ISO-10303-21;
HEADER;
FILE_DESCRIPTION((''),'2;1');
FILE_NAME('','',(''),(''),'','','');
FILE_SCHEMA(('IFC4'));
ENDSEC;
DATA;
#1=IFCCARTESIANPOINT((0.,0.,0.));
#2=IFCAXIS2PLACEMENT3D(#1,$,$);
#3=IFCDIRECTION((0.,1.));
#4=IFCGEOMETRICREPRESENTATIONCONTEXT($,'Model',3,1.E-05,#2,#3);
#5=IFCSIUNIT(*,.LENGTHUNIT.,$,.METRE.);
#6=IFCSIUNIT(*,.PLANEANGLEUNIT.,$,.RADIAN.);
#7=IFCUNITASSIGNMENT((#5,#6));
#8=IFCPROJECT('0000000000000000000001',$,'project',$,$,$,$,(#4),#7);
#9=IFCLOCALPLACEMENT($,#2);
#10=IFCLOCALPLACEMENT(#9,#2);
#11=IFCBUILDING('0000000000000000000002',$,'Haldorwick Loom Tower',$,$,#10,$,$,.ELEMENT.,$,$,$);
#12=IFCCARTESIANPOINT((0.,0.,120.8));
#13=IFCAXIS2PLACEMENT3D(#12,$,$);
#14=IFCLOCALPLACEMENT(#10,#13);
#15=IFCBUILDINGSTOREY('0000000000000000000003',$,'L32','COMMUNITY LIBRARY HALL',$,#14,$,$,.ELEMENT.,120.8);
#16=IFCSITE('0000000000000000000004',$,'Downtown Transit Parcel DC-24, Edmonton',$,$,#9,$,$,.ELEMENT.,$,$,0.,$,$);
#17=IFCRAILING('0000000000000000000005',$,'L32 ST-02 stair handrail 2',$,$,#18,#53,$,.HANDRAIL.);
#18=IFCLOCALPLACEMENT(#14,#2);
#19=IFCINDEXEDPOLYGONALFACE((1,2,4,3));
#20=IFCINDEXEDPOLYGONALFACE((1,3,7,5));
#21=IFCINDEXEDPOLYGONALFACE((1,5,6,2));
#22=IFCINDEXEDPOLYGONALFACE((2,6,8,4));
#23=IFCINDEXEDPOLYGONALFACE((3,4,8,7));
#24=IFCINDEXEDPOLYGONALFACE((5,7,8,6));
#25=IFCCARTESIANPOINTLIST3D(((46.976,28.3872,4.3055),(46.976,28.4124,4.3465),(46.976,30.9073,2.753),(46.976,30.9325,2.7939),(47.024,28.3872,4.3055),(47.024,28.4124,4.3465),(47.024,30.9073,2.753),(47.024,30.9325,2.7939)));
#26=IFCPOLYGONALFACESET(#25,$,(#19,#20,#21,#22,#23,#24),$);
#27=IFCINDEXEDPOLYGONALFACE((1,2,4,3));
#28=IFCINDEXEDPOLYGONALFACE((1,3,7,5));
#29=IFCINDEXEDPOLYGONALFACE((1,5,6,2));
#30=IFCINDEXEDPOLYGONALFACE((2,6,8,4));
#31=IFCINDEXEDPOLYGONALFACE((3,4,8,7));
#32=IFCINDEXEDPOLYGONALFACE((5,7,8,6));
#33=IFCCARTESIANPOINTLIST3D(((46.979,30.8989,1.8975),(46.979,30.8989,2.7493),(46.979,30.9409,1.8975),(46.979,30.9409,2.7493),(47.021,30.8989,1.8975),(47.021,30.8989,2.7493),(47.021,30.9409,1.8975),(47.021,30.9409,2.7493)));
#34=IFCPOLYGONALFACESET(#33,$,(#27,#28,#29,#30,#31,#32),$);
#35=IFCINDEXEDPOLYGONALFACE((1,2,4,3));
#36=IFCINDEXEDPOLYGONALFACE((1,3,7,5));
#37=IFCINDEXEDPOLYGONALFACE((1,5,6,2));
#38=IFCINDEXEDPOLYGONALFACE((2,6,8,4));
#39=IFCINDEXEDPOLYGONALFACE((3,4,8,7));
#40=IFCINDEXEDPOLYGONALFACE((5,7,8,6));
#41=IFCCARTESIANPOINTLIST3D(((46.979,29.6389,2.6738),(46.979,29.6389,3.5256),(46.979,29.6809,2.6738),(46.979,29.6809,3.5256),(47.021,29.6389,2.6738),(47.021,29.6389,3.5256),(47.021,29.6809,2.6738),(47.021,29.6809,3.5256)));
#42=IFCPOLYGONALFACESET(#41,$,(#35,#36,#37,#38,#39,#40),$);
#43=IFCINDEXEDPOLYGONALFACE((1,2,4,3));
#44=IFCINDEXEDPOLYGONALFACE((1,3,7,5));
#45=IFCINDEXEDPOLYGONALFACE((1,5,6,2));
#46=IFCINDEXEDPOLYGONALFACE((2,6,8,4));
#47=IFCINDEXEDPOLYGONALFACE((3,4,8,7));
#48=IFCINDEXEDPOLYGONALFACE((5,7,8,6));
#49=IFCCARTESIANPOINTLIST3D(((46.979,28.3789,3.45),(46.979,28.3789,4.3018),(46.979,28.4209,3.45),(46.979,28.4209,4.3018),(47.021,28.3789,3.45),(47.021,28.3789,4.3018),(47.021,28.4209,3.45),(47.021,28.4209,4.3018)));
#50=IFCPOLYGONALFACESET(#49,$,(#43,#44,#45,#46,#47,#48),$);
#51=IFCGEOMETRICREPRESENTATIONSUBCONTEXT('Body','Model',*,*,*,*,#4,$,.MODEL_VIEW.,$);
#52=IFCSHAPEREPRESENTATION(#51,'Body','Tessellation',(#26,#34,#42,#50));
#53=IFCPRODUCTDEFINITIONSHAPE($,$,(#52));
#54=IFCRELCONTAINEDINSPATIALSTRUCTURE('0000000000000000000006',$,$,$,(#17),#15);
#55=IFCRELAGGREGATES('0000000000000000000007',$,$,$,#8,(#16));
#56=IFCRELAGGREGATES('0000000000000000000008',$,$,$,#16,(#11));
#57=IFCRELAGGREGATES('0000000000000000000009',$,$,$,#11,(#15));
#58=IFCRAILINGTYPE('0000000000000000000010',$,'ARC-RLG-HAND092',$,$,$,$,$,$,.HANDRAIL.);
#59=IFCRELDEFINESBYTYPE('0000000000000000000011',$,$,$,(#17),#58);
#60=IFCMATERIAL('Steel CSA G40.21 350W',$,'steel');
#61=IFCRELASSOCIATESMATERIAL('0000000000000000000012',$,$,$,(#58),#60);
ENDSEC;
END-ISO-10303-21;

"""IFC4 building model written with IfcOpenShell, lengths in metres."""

from ifc_helpers import new_model, si_unit, direction, frame, origin, origin_2d, place, context, subcontext, project, spatial, rectangle, extrude, material, type_object, element, save


model = new_model("IFC4")

# Units and contexts
model_context = context("Model", 3, precision=1e-05, world=origin(), true_north=direction((0.0, 1.0)))
body_context = subcontext(model_context, "Body", "Model", "MODEL_VIEW")
ifc_project = project(units=[si_unit("LENGTHUNIT", "METRE"), si_unit("PLANEANGLEUNIT", "RADIAN")], contexts=[model_context])

# Site, building, storey
site_placement = place(None, origin())
site = spatial("IfcSite", under=ifc_project, at=site_placement, Name="Downtown Transit Parcel DC-24, Edmonton", CompositionType="ELEMENT", RefElevation=0.0)
building_placement = place(site_placement, origin())
building = spatial("IfcBuilding", under=site, at=building_placement, Name="Haldorwick Loom Tower", CompositionType="ELEMENT")
storey_placement = place(building_placement, frame((0.0, 0.0, 120.8)))
storey = spatial("IfcBuildingStorey", under=building, at=storey_placement, Name="L32", Description="COMMUNITY LIBRARY HALL", CompositionType="ELEMENT", Elevation=120.8)

# Shared definitions
ifc_material_1 = material(Name="Steel CSA G40.21 350W", Category="steel")

# Railing
railing_type = type_object("IfcRailingType", Name="ARC-RLG-HAND092", PredefinedType="HANDRAIL", material=ifc_material_1)
railing_placement = place(storey_placement, frame((47.0, 30.9199, 1.8975)))
element("IfcRailing", 1, at=railing_placement, inside=storey, type_object=railing_type, Name="L32 ST-02 stair handrail 2", PredefinedType="HANDRAIL", context=body_context, shape_type="SweptSolid", body=[
    extrude(rectangle(XDim=0.0481, YDim=0.0481, at=origin_2d()), frame((0.0, 0.0, 0.876), z_axis=(0.0, -0.8514, 0.524516), x_axis=(1.0, 0.0, 0.0)), (0.0, 0.0, 1.0), 2.96),
    extrude(rectangle(XDim=0.042, YDim=0.042, at=origin_2d()), origin(), (0.0, 0.0, 1.0), 0.8518),
    extrude(rectangle(XDim=0.042, YDim=0.042, at=origin_2d()), frame((0.0, -1.26, 0.7764)), (0.0, 0.0, 1.0), 0.8518),
    extrude(rectangle(XDim=0.042, YDim=0.042, at=origin_2d()), frame((0.0, -2.52, 1.5525)), (0.0, 0.0, 1.0), 0.8518),
])

save(model, "model.ifc")
